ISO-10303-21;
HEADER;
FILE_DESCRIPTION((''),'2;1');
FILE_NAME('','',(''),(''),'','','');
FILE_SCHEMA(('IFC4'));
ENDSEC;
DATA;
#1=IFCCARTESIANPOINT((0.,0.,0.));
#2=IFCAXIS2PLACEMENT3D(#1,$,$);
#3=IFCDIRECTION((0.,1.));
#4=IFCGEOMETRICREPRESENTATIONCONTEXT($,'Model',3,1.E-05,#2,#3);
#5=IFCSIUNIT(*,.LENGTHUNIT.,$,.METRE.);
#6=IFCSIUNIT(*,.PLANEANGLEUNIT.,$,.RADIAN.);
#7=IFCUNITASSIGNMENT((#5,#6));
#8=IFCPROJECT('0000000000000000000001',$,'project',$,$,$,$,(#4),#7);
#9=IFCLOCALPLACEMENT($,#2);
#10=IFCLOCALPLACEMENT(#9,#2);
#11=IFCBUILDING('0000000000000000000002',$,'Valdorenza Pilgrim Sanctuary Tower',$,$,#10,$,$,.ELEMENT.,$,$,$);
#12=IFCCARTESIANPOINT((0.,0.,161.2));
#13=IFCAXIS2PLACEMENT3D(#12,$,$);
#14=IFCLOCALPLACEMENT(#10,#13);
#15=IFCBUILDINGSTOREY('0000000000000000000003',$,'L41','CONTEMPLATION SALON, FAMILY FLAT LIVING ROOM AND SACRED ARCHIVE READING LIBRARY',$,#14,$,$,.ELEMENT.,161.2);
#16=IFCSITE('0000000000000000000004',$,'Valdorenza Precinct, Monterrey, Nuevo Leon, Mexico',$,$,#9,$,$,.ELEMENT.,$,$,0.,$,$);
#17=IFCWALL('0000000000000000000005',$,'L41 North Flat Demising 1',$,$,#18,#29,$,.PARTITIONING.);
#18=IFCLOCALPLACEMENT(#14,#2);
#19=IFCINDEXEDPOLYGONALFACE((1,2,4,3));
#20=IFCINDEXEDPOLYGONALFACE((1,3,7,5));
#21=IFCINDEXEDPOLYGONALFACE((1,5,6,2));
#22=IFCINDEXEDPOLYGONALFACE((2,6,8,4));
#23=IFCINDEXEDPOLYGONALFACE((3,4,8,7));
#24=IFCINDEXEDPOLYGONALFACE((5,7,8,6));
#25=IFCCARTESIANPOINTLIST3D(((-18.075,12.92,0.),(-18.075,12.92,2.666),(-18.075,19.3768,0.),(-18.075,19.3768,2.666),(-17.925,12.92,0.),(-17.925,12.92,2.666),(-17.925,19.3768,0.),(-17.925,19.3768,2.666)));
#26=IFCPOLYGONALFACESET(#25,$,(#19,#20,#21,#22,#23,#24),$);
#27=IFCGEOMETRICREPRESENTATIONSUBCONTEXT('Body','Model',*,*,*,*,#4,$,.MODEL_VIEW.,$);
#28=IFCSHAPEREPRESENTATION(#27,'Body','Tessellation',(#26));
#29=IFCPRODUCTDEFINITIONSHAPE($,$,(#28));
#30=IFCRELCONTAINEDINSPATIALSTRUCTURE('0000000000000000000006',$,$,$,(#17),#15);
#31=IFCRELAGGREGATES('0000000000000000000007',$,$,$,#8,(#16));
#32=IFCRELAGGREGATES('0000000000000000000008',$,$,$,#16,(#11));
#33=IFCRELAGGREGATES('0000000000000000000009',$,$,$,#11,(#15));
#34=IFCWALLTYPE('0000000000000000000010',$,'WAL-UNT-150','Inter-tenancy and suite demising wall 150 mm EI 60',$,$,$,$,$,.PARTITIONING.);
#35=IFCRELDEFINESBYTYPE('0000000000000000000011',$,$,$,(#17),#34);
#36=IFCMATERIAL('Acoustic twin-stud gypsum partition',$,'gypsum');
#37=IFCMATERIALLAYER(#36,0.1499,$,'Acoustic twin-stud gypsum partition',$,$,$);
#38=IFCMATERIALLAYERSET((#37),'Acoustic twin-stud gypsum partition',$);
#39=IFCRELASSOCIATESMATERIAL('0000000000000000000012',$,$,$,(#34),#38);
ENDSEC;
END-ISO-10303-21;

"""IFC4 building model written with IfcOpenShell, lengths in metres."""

from ifc_helpers import new_model, si_unit, direction, frame, frame_2d, origin, place, context, subcontext, project, spatial, rectangle, extrude, material, layer, layer_set, type_object, element, save


model = new_model("IFC4")

# Units and contexts
model_context = context("Model", 3, precision=1e-05, world=origin(), true_north=direction((0.0, 1.0)))
body_context = subcontext(model_context, "Body", "Model", "MODEL_VIEW")
ifc_project = project(units=[si_unit("LENGTHUNIT", "METRE"), si_unit("PLANEANGLEUNIT", "RADIAN")], contexts=[model_context])

# Site, building, storey
site_placement = place(None, origin())
site = spatial("IfcSite", under=ifc_project, at=site_placement, Name="Valdorenza Precinct, Monterrey, Nuevo Leon, Mexico", CompositionType="ELEMENT", RefElevation=0.0)
building_placement = place(site_placement, origin())
building = spatial("IfcBuilding", under=site, at=building_placement, Name="Valdorenza Pilgrim Sanctuary Tower", CompositionType="ELEMENT")
storey_placement = place(building_placement, frame((0.0, 0.0, 161.2)))
storey = spatial("IfcBuildingStorey", under=building, at=storey_placement, Name="L41", Description="CONTEMPLATION SALON, FAMILY FLAT LIVING ROOM AND SACRED ARCHIVE READING LIBRARY", CompositionType="ELEMENT", Elevation=161.2)

# Shared definitions
ifc_material_1 = material(Name="Acoustic twin-stud gypsum partition", Category="gypsum")

# Wall
ifc_layer_1 = layer(ifc_material_1, 0.1499, Name="Acoustic twin-stud gypsum partition")
ifc_layer_set_1 = layer_set([ifc_layer_1], Name="Acoustic twin-stud gypsum partition")
wall_type_1 = type_object("IfcWallType", Name="WAL-UNT-150", Description="Inter-tenancy and suite demising wall 150 mm EI 60", PredefinedType="PARTITIONING", material=ifc_layer_set_1)
wall_1_placement = place(storey_placement, frame((-18.0, 12.9199, 0.0), z_axis=(0.0, 0.0, 1.0), x_axis=(0.0, 1.0, 0.0)))
element("IfcWall", 1, at=wall_1_placement, inside=storey, type_object=wall_type_1, Name="L41 North Flat Demising 1", PredefinedType="PARTITIONING", context=body_context, shape_type="SweptSolid", body=[
    extrude(rectangle(XDim=6.4568, YDim=0.1499, at=frame_2d((3.2285, 0.0))), origin(), (0.0, 0.0, 1.0), 2.666),
])

save(model, "model.ifc")
